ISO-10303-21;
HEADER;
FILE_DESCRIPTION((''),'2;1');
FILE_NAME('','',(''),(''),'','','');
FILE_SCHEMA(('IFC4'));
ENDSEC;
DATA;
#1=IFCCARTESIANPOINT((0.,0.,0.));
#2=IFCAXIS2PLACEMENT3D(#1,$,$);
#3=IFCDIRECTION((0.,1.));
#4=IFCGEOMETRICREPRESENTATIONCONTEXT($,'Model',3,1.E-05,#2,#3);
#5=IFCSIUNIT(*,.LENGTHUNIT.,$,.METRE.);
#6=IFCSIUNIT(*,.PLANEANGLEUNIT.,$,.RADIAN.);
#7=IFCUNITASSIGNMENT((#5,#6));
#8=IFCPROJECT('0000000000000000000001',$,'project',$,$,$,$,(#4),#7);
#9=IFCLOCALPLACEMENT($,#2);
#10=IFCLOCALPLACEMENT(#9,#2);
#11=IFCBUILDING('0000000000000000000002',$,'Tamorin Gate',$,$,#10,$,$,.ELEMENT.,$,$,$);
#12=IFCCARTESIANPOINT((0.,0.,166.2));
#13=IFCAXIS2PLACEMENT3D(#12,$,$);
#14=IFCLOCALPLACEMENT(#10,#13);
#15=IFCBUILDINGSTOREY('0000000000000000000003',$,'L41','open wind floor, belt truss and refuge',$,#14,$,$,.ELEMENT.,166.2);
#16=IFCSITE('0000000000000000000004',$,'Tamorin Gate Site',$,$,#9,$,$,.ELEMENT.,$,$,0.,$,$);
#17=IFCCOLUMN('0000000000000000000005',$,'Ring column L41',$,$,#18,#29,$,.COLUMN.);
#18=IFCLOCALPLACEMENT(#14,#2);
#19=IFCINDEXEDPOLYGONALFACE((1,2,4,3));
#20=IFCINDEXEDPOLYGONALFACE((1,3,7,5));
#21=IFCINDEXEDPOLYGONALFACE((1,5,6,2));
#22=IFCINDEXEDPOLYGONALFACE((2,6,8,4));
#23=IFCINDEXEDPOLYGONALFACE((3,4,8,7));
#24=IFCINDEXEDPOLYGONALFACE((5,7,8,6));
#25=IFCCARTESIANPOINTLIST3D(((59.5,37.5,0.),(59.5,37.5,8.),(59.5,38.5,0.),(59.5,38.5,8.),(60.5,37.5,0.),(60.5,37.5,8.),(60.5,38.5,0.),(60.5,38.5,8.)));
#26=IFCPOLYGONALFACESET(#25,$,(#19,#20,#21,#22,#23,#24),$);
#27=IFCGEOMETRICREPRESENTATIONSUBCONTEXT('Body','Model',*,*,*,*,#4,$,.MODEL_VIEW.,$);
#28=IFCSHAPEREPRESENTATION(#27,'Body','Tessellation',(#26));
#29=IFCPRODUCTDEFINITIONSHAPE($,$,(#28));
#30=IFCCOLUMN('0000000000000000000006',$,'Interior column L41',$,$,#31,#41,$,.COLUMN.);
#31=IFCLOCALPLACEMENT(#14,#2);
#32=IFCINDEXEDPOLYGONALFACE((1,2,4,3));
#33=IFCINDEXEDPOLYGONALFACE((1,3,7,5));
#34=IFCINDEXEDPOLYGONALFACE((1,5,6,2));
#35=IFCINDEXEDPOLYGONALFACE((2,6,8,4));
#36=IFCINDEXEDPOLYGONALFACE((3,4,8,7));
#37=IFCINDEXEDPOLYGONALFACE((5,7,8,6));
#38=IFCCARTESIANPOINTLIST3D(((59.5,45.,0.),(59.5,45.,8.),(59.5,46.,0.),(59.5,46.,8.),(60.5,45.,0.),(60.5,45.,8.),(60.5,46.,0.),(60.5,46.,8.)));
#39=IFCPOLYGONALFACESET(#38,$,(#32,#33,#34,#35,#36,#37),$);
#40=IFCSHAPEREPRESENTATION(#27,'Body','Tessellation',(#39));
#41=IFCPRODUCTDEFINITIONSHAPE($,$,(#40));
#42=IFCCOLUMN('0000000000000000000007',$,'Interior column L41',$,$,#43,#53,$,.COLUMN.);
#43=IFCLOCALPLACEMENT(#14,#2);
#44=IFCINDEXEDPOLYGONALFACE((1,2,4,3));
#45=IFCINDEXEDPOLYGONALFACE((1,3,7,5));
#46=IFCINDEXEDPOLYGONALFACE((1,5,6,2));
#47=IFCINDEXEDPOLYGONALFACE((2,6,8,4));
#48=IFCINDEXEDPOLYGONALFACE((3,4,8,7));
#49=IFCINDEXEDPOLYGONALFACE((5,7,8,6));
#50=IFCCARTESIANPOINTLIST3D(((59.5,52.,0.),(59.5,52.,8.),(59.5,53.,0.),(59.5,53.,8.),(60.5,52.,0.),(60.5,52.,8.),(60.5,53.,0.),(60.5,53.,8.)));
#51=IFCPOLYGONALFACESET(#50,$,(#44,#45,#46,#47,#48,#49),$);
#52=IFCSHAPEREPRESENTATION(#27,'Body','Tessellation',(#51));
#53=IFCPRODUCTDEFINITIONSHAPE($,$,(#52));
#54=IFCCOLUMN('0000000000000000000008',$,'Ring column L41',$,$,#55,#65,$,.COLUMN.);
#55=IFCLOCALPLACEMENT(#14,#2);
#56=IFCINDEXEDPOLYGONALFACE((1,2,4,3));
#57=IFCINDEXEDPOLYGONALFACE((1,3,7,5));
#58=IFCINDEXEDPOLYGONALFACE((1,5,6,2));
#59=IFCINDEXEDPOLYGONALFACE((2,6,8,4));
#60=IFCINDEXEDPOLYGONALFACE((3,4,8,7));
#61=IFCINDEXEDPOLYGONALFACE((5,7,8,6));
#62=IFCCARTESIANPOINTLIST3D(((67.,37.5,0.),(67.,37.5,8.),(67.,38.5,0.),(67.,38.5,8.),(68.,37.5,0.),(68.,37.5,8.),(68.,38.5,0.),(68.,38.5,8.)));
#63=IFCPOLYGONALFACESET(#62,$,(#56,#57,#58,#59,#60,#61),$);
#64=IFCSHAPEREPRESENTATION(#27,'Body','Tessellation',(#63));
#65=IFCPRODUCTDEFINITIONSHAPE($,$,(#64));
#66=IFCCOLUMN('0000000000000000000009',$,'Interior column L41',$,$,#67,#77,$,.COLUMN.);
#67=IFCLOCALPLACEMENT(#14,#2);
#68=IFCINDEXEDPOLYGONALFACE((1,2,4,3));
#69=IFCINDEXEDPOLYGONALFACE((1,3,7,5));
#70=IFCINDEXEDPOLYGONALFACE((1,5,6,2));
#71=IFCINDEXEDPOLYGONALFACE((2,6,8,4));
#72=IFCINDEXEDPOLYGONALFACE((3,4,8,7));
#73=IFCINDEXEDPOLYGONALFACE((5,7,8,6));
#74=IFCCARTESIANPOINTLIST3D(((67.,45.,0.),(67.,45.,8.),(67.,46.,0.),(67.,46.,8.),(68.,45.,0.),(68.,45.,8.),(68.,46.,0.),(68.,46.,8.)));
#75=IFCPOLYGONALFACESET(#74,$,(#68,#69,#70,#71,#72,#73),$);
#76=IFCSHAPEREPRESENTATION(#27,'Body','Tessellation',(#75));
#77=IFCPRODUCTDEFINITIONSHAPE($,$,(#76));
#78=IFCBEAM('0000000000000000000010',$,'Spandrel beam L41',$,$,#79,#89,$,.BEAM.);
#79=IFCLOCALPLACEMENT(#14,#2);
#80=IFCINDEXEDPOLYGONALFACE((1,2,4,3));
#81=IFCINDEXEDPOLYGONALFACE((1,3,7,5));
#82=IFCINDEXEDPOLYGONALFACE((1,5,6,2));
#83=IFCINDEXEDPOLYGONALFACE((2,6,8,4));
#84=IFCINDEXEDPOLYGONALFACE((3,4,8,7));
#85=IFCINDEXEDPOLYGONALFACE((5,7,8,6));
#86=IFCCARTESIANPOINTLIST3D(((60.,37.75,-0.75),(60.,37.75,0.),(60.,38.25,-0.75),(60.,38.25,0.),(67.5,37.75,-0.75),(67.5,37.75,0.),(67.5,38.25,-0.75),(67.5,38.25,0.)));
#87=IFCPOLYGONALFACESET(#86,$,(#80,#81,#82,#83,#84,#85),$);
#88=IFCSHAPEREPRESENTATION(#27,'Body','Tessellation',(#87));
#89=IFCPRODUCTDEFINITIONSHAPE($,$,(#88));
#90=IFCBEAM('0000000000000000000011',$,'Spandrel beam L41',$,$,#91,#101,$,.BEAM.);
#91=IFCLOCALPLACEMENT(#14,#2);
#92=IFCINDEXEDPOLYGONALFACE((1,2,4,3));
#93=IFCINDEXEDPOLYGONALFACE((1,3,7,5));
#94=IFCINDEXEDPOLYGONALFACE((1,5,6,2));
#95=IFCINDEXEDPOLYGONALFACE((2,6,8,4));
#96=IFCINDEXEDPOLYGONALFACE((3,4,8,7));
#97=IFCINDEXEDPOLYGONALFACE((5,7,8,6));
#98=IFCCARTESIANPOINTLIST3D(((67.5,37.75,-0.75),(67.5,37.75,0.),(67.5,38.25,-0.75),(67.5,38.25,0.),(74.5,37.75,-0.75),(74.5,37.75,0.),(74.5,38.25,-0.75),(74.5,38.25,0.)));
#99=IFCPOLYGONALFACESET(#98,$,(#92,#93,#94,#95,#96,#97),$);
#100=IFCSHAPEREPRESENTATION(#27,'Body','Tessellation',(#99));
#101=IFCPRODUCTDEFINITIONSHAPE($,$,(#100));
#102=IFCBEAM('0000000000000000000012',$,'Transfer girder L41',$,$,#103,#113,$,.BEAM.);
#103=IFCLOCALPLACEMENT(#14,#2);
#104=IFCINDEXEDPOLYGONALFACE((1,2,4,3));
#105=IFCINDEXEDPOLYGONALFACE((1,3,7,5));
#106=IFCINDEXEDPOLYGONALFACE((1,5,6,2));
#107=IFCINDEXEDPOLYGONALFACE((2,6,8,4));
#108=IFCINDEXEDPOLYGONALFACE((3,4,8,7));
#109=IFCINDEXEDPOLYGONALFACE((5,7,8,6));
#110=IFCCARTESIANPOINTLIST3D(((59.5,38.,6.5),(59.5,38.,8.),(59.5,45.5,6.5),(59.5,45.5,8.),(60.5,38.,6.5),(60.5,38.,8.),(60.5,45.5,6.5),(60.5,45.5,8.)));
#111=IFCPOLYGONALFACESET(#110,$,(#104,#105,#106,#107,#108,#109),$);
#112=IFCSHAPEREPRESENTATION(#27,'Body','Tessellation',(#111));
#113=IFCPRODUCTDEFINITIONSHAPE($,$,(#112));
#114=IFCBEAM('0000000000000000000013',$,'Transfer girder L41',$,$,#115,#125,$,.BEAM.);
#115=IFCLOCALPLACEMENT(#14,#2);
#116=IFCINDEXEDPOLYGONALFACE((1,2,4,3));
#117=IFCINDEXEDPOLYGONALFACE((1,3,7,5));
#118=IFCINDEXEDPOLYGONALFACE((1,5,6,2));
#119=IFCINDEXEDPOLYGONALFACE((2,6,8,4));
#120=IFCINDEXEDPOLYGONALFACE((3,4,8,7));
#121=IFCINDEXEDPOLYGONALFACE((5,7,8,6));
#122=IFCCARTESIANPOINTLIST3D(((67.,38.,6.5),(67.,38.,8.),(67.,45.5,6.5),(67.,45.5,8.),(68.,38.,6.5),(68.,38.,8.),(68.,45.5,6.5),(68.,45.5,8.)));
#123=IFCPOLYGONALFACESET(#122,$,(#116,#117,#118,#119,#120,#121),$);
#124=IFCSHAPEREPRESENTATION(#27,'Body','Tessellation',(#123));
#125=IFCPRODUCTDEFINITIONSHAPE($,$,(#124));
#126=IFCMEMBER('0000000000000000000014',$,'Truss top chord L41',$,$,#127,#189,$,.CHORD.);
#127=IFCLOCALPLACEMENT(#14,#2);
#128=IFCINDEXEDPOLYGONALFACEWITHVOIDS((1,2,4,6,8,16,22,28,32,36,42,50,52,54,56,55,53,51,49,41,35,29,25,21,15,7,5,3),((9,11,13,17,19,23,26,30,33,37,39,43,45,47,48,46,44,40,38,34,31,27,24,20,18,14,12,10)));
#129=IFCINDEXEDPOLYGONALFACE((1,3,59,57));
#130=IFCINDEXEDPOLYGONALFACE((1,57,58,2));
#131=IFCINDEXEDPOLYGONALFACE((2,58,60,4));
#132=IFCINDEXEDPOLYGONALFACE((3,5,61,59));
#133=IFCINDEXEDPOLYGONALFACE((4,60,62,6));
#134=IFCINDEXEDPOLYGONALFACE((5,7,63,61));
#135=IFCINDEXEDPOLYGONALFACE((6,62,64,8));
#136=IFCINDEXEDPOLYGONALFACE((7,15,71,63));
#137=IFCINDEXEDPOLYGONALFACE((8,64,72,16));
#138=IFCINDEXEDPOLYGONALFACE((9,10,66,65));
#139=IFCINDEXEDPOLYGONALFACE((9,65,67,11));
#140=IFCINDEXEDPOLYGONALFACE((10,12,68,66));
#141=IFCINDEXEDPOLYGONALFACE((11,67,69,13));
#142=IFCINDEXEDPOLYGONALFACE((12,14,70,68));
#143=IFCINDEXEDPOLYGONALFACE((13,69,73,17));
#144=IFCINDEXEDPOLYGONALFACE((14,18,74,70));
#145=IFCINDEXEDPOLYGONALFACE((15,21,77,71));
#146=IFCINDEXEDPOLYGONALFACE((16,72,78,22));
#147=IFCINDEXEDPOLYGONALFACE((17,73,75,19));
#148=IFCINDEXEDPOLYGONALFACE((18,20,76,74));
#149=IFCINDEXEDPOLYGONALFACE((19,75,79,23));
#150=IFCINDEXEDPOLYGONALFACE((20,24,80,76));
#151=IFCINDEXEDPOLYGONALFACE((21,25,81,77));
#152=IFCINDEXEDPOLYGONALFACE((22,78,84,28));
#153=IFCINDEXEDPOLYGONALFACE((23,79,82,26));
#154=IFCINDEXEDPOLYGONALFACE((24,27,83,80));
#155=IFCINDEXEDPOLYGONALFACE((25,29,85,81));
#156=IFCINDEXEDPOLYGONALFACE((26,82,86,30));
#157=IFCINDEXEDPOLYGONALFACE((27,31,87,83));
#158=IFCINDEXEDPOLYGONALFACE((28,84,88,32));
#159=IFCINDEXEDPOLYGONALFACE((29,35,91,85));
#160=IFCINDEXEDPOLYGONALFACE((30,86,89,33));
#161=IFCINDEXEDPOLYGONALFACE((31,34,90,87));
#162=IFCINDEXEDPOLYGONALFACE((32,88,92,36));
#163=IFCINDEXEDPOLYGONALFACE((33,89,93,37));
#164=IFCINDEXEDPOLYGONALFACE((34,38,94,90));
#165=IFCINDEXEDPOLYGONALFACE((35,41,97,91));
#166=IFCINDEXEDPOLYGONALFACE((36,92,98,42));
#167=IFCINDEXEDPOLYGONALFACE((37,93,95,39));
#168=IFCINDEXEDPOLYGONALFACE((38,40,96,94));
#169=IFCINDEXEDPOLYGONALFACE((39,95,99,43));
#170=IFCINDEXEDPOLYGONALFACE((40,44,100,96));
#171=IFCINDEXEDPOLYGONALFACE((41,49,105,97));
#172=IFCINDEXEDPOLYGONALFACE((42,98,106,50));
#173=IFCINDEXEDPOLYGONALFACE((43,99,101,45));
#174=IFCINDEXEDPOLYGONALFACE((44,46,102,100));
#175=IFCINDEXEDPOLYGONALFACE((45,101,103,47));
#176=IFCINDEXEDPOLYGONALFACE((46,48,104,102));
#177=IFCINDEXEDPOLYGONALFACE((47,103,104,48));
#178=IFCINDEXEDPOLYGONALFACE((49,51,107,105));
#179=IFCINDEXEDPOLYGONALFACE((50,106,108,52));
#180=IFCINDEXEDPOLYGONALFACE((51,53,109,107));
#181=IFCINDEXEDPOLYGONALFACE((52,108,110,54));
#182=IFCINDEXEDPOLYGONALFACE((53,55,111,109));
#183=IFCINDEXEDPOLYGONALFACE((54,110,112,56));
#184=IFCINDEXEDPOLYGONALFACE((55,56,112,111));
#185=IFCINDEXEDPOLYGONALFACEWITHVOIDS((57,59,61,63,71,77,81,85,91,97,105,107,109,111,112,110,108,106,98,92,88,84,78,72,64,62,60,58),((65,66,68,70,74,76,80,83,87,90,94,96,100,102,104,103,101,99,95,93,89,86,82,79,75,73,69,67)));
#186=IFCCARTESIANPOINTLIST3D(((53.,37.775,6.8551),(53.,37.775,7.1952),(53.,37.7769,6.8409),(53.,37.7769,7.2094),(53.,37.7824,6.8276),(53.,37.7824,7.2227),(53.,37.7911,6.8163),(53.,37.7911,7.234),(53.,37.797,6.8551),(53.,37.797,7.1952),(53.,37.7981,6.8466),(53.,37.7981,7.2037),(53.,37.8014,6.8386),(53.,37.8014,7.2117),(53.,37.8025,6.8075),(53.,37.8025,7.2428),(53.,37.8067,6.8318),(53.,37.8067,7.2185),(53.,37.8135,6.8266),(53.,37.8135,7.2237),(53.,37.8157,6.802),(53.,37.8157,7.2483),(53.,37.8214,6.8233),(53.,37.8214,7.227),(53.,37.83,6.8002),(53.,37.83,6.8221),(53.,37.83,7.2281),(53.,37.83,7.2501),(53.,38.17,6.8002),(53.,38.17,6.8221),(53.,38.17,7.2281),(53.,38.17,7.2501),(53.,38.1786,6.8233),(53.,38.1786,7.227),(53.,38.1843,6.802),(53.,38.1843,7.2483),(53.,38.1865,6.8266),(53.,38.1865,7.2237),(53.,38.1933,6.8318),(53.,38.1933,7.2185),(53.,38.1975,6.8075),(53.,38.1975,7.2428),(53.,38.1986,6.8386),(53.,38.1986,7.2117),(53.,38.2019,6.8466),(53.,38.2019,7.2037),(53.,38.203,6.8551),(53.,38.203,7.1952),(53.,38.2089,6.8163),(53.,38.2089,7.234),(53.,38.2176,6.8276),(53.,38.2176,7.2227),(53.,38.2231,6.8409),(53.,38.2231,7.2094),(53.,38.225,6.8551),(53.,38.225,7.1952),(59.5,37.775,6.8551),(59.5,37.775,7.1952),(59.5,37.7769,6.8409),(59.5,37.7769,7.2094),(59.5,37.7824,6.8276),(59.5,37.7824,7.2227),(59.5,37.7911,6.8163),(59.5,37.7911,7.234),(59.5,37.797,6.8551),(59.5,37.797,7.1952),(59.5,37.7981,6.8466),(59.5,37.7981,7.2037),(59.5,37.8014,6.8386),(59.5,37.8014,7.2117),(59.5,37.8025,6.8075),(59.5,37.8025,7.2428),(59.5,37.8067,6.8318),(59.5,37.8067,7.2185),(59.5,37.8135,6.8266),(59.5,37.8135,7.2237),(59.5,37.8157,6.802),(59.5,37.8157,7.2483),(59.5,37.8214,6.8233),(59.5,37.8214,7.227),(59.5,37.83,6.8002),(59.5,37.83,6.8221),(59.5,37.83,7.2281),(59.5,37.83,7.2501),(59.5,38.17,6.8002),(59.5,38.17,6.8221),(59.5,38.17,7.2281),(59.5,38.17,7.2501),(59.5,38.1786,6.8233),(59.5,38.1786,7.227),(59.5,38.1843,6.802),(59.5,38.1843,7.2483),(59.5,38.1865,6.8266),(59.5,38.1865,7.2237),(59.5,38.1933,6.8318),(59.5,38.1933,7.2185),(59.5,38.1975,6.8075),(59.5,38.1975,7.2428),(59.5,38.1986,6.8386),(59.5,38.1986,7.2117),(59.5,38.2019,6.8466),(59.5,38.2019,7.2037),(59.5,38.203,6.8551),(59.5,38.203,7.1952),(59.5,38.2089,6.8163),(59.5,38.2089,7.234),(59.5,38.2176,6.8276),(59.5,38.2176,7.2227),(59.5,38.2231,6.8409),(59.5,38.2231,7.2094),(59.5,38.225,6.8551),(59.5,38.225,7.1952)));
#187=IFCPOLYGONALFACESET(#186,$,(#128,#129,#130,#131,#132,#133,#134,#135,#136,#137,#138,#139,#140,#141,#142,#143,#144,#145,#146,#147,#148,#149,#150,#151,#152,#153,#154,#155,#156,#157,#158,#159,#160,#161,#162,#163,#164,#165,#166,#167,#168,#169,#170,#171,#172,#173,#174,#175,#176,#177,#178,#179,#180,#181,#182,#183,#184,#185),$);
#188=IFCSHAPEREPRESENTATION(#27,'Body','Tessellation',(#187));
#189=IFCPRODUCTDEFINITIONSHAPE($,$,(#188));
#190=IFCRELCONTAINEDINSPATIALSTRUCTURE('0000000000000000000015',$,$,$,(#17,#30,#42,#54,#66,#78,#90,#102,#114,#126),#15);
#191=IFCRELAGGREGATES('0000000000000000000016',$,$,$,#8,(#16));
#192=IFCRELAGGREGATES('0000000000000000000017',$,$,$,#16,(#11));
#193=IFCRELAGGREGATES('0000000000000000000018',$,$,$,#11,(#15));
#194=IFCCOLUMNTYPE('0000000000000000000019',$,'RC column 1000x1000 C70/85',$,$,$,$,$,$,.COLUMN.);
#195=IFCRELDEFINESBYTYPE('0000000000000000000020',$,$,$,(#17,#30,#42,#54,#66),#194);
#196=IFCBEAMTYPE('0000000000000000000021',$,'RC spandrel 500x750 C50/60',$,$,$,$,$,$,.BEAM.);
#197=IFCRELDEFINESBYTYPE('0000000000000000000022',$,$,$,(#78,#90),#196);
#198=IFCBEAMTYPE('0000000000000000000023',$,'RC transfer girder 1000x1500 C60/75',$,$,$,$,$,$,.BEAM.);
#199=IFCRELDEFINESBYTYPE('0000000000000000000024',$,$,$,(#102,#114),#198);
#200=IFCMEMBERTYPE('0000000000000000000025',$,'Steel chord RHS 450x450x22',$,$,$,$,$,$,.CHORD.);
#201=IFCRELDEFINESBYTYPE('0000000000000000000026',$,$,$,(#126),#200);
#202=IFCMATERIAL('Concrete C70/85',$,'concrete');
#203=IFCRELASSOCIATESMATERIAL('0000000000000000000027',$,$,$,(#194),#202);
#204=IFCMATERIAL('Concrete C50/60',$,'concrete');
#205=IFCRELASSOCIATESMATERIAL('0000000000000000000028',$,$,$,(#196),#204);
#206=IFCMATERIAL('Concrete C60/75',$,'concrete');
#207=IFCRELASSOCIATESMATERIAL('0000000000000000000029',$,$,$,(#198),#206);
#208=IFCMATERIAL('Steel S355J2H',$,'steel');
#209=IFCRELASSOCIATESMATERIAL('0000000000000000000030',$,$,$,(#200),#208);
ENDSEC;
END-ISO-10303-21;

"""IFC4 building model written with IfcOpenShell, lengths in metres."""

from ifc_helpers import new_model, si_unit, direction, frame, origin, origin_2d, place, context, subcontext, project, spatial, rectangle, hollow_rectangle, extrude, material, material_profile, profile_set, type_object, element, save


model = new_model("IFC4")

# Units and contexts
model_context = context("Model", 3, precision=1e-05, world=origin(), true_north=direction((0.0, 1.0)))
body_context = subcontext(model_context, "Body", "Model", "MODEL_VIEW")
ifc_project = project(units=[si_unit("LENGTHUNIT", "METRE"), si_unit("PLANEANGLEUNIT", "RADIAN")], contexts=[model_context])

# Site, building, storey
site_placement = place(None, origin())
site = spatial("IfcSite", under=ifc_project, at=site_placement, Name="Tamorin Gate Site", CompositionType="ELEMENT", RefElevation=0.0)
building_placement = place(site_placement, origin())
building = spatial("IfcBuilding", under=site, at=building_placement, Name="Tamorin Gate", CompositionType="ELEMENT")
storey_placement = place(building_placement, frame((0.0, 0.0, 166.2)))
storey = spatial("IfcBuildingStorey", under=building, at=storey_placement, Name="L41", Description="open wind floor, belt truss and refuge", CompositionType="ELEMENT", Elevation=166.2)

# Columns
ifc_material_1 = material(Name="Concrete C70/85", Category="concrete")
ifc_material_profile_1 = material_profile(ifc_material_1, rectangle(XDim=1.0, YDim=1.0, at=origin_2d()), Name="RC 1000x1000")
ifc_profile_set_1 = profile_set([ifc_material_profile_1], Name="Concrete C70/85")
column_type = type_object("IfcColumnType", Name="RC column 1000x1000 C70/85", PredefinedType="COLUMN", material=ifc_profile_set_1)
for number, where, z_axis, x_axis, name in (
    (1, (60.0, 38.0, 0.0), (0.0, 0.0, 1.0), (1.0, 0.0, 0.0), "Ring column L41"),
    (2, (60.0, 45.5, 0.0), (0.0, 0.0, 1.0), (1.0, 0.0, 0.0), "Interior column L41"),
    (3, (60.0, 52.5, 0.0), (0.0, 0.0, 1.0), (1.0, 0.0, 0.0), "Interior column L41"),
    (4, (67.5, 38.0, 0.0), (0.0, 0.0, 1.0), (1.0, 0.0, 0.0), "Ring column L41"),
    (5, (67.5, 45.5, 0.0), (0.0, 0.0, 1.0), (1.0, 0.0, 0.0), "Interior column L41"),
):
    element("IfcColumn", number, at=place(storey_placement, frame(where, z_axis=z_axis, x_axis=x_axis)), inside=storey, type_object=column_type, Name=name, PredefinedType="COLUMN", context=body_context, shape_type="SweptSolid", body=[
        extrude(rectangle(XDim=1.0, YDim=1.0, at=origin_2d()), origin(), (0.0, 0.0, 1.0), 8.0),
    ])

# Beams
ifc_material_2 = material(Name="Concrete C50/60", Category="concrete")
ifc_material_profile_2 = material_profile(ifc_material_2, rectangle(XDim=0.5, YDim=0.75, at=origin_2d()), Name="RC 500x750")
ifc_profile_set_2 = profile_set([ifc_material_profile_2], Name="Concrete C50/60")
beam_type_1 = type_object("IfcBeamType", Name="RC spandrel 500x750 C50/60", PredefinedType="BEAM", material=ifc_profile_set_2)
beam_1_placement = place(storey_placement, frame((60.0, 38.0, -0.375), z_axis=(1.0, 0.0, 0.0), x_axis=(0.0, 1.0, 0.0)))
element("IfcBeam", 6, at=beam_1_placement, inside=storey, type_object=beam_type_1, Name="Spandrel beam L41", PredefinedType="BEAM", context=body_context, shape_type="SweptSolid", body=[
    extrude(rectangle(XDim=0.5, YDim=0.75, at=origin_2d()), origin(), (0.0, 0.0, 1.0), 7.5),
])
beam_2_placement = place(storey_placement, frame((67.5, 38.0, -0.375), z_axis=(1.0, 0.0, 0.0), x_axis=(0.0, 1.0, 0.0)))
element("IfcBeam", 7, at=beam_2_placement, inside=storey, type_object=beam_type_1, Name="Spandrel beam L41", PredefinedType="BEAM", context=body_context, shape_type="SweptSolid", body=[
    extrude(rectangle(XDim=0.5, YDim=0.75, at=origin_2d()), origin(), (0.0, 0.0, 1.0), 7.0),
])
ifc_material_3 = material(Name="Concrete C60/75", Category="concrete")
ifc_material_profile_3 = material_profile(ifc_material_3, rectangle(XDim=1.0, YDim=1.5, at=origin_2d()), Name="RC 1000x1500")
ifc_profile_set_3 = profile_set([ifc_material_profile_3], Name="Concrete C60/75")
beam_type_2 = type_object("IfcBeamType", Name="RC transfer girder 1000x1500 C60/75", PredefinedType="BEAM", material=ifc_profile_set_3)
for number, where, z_axis, x_axis, name in (
    (8, (60.0, 38.0, 7.25), (0.0, 1.0, 0.0), (-1.0, 0.0, 0.0), "Transfer girder L41"),
    (9, (67.5, 38.0, 7.25), (0.0, 1.0, 0.0), (-1.0, 0.0, 0.0), "Transfer girder L41"),
):
    element("IfcBeam", number, at=place(storey_placement, frame(where, z_axis=z_axis, x_axis=x_axis)), inside=storey, type_object=beam_type_2, Name=name, PredefinedType="BEAM", context=body_context, shape_type="SweptSolid", body=[
        extrude(rectangle(XDim=1.0, YDim=1.5, at=origin_2d()), origin(), (0.0, 0.0, 1.0), 7.5),
    ])

# Member
ifc_material_4 = material(Name="Steel S355J2H", Category="steel")
ifc_material_profile_4 = material_profile(ifc_material_4, hollow_rectangle(XDim=0.45, YDim=0.45, WallThickness=0.022, InnerFilletRadius=0.033, OuterFilletRadius=0.0549, at=origin_2d()), Name="RHS 450x450x22")
ifc_profile_set_4 = profile_set([ifc_material_profile_4], Name="Steel S355J2H")
member_type_1 = type_object("IfcMemberType", Name="Steel chord RHS 450x450x22", PredefinedType="CHORD", material=ifc_profile_set_4)
for number, where, z_axis, x_axis, name in (
    (10, (53.0, 38.0, 7.0251), (1.0, 0.0, 0.0), (0.0, 1.0, 0.0), "Truss top chord L41"),
):
    element("IfcMember", number, at=place(storey_placement, frame(where, z_axis=z_axis, x_axis=x_axis)), inside=storey, type_object=member_type_1, Name=name, PredefinedType="CHORD", context=body_context, shape_type="SweptSolid", body=[
        extrude(hollow_rectangle(XDim=0.45, YDim=0.45, WallThickness=0.022, InnerFilletRadius=0.033, OuterFilletRadius=0.0549, at=origin_2d()), origin(), (0.0, 0.0, 1.0), 6.5),
    ])

save(model, "model.ifc")
